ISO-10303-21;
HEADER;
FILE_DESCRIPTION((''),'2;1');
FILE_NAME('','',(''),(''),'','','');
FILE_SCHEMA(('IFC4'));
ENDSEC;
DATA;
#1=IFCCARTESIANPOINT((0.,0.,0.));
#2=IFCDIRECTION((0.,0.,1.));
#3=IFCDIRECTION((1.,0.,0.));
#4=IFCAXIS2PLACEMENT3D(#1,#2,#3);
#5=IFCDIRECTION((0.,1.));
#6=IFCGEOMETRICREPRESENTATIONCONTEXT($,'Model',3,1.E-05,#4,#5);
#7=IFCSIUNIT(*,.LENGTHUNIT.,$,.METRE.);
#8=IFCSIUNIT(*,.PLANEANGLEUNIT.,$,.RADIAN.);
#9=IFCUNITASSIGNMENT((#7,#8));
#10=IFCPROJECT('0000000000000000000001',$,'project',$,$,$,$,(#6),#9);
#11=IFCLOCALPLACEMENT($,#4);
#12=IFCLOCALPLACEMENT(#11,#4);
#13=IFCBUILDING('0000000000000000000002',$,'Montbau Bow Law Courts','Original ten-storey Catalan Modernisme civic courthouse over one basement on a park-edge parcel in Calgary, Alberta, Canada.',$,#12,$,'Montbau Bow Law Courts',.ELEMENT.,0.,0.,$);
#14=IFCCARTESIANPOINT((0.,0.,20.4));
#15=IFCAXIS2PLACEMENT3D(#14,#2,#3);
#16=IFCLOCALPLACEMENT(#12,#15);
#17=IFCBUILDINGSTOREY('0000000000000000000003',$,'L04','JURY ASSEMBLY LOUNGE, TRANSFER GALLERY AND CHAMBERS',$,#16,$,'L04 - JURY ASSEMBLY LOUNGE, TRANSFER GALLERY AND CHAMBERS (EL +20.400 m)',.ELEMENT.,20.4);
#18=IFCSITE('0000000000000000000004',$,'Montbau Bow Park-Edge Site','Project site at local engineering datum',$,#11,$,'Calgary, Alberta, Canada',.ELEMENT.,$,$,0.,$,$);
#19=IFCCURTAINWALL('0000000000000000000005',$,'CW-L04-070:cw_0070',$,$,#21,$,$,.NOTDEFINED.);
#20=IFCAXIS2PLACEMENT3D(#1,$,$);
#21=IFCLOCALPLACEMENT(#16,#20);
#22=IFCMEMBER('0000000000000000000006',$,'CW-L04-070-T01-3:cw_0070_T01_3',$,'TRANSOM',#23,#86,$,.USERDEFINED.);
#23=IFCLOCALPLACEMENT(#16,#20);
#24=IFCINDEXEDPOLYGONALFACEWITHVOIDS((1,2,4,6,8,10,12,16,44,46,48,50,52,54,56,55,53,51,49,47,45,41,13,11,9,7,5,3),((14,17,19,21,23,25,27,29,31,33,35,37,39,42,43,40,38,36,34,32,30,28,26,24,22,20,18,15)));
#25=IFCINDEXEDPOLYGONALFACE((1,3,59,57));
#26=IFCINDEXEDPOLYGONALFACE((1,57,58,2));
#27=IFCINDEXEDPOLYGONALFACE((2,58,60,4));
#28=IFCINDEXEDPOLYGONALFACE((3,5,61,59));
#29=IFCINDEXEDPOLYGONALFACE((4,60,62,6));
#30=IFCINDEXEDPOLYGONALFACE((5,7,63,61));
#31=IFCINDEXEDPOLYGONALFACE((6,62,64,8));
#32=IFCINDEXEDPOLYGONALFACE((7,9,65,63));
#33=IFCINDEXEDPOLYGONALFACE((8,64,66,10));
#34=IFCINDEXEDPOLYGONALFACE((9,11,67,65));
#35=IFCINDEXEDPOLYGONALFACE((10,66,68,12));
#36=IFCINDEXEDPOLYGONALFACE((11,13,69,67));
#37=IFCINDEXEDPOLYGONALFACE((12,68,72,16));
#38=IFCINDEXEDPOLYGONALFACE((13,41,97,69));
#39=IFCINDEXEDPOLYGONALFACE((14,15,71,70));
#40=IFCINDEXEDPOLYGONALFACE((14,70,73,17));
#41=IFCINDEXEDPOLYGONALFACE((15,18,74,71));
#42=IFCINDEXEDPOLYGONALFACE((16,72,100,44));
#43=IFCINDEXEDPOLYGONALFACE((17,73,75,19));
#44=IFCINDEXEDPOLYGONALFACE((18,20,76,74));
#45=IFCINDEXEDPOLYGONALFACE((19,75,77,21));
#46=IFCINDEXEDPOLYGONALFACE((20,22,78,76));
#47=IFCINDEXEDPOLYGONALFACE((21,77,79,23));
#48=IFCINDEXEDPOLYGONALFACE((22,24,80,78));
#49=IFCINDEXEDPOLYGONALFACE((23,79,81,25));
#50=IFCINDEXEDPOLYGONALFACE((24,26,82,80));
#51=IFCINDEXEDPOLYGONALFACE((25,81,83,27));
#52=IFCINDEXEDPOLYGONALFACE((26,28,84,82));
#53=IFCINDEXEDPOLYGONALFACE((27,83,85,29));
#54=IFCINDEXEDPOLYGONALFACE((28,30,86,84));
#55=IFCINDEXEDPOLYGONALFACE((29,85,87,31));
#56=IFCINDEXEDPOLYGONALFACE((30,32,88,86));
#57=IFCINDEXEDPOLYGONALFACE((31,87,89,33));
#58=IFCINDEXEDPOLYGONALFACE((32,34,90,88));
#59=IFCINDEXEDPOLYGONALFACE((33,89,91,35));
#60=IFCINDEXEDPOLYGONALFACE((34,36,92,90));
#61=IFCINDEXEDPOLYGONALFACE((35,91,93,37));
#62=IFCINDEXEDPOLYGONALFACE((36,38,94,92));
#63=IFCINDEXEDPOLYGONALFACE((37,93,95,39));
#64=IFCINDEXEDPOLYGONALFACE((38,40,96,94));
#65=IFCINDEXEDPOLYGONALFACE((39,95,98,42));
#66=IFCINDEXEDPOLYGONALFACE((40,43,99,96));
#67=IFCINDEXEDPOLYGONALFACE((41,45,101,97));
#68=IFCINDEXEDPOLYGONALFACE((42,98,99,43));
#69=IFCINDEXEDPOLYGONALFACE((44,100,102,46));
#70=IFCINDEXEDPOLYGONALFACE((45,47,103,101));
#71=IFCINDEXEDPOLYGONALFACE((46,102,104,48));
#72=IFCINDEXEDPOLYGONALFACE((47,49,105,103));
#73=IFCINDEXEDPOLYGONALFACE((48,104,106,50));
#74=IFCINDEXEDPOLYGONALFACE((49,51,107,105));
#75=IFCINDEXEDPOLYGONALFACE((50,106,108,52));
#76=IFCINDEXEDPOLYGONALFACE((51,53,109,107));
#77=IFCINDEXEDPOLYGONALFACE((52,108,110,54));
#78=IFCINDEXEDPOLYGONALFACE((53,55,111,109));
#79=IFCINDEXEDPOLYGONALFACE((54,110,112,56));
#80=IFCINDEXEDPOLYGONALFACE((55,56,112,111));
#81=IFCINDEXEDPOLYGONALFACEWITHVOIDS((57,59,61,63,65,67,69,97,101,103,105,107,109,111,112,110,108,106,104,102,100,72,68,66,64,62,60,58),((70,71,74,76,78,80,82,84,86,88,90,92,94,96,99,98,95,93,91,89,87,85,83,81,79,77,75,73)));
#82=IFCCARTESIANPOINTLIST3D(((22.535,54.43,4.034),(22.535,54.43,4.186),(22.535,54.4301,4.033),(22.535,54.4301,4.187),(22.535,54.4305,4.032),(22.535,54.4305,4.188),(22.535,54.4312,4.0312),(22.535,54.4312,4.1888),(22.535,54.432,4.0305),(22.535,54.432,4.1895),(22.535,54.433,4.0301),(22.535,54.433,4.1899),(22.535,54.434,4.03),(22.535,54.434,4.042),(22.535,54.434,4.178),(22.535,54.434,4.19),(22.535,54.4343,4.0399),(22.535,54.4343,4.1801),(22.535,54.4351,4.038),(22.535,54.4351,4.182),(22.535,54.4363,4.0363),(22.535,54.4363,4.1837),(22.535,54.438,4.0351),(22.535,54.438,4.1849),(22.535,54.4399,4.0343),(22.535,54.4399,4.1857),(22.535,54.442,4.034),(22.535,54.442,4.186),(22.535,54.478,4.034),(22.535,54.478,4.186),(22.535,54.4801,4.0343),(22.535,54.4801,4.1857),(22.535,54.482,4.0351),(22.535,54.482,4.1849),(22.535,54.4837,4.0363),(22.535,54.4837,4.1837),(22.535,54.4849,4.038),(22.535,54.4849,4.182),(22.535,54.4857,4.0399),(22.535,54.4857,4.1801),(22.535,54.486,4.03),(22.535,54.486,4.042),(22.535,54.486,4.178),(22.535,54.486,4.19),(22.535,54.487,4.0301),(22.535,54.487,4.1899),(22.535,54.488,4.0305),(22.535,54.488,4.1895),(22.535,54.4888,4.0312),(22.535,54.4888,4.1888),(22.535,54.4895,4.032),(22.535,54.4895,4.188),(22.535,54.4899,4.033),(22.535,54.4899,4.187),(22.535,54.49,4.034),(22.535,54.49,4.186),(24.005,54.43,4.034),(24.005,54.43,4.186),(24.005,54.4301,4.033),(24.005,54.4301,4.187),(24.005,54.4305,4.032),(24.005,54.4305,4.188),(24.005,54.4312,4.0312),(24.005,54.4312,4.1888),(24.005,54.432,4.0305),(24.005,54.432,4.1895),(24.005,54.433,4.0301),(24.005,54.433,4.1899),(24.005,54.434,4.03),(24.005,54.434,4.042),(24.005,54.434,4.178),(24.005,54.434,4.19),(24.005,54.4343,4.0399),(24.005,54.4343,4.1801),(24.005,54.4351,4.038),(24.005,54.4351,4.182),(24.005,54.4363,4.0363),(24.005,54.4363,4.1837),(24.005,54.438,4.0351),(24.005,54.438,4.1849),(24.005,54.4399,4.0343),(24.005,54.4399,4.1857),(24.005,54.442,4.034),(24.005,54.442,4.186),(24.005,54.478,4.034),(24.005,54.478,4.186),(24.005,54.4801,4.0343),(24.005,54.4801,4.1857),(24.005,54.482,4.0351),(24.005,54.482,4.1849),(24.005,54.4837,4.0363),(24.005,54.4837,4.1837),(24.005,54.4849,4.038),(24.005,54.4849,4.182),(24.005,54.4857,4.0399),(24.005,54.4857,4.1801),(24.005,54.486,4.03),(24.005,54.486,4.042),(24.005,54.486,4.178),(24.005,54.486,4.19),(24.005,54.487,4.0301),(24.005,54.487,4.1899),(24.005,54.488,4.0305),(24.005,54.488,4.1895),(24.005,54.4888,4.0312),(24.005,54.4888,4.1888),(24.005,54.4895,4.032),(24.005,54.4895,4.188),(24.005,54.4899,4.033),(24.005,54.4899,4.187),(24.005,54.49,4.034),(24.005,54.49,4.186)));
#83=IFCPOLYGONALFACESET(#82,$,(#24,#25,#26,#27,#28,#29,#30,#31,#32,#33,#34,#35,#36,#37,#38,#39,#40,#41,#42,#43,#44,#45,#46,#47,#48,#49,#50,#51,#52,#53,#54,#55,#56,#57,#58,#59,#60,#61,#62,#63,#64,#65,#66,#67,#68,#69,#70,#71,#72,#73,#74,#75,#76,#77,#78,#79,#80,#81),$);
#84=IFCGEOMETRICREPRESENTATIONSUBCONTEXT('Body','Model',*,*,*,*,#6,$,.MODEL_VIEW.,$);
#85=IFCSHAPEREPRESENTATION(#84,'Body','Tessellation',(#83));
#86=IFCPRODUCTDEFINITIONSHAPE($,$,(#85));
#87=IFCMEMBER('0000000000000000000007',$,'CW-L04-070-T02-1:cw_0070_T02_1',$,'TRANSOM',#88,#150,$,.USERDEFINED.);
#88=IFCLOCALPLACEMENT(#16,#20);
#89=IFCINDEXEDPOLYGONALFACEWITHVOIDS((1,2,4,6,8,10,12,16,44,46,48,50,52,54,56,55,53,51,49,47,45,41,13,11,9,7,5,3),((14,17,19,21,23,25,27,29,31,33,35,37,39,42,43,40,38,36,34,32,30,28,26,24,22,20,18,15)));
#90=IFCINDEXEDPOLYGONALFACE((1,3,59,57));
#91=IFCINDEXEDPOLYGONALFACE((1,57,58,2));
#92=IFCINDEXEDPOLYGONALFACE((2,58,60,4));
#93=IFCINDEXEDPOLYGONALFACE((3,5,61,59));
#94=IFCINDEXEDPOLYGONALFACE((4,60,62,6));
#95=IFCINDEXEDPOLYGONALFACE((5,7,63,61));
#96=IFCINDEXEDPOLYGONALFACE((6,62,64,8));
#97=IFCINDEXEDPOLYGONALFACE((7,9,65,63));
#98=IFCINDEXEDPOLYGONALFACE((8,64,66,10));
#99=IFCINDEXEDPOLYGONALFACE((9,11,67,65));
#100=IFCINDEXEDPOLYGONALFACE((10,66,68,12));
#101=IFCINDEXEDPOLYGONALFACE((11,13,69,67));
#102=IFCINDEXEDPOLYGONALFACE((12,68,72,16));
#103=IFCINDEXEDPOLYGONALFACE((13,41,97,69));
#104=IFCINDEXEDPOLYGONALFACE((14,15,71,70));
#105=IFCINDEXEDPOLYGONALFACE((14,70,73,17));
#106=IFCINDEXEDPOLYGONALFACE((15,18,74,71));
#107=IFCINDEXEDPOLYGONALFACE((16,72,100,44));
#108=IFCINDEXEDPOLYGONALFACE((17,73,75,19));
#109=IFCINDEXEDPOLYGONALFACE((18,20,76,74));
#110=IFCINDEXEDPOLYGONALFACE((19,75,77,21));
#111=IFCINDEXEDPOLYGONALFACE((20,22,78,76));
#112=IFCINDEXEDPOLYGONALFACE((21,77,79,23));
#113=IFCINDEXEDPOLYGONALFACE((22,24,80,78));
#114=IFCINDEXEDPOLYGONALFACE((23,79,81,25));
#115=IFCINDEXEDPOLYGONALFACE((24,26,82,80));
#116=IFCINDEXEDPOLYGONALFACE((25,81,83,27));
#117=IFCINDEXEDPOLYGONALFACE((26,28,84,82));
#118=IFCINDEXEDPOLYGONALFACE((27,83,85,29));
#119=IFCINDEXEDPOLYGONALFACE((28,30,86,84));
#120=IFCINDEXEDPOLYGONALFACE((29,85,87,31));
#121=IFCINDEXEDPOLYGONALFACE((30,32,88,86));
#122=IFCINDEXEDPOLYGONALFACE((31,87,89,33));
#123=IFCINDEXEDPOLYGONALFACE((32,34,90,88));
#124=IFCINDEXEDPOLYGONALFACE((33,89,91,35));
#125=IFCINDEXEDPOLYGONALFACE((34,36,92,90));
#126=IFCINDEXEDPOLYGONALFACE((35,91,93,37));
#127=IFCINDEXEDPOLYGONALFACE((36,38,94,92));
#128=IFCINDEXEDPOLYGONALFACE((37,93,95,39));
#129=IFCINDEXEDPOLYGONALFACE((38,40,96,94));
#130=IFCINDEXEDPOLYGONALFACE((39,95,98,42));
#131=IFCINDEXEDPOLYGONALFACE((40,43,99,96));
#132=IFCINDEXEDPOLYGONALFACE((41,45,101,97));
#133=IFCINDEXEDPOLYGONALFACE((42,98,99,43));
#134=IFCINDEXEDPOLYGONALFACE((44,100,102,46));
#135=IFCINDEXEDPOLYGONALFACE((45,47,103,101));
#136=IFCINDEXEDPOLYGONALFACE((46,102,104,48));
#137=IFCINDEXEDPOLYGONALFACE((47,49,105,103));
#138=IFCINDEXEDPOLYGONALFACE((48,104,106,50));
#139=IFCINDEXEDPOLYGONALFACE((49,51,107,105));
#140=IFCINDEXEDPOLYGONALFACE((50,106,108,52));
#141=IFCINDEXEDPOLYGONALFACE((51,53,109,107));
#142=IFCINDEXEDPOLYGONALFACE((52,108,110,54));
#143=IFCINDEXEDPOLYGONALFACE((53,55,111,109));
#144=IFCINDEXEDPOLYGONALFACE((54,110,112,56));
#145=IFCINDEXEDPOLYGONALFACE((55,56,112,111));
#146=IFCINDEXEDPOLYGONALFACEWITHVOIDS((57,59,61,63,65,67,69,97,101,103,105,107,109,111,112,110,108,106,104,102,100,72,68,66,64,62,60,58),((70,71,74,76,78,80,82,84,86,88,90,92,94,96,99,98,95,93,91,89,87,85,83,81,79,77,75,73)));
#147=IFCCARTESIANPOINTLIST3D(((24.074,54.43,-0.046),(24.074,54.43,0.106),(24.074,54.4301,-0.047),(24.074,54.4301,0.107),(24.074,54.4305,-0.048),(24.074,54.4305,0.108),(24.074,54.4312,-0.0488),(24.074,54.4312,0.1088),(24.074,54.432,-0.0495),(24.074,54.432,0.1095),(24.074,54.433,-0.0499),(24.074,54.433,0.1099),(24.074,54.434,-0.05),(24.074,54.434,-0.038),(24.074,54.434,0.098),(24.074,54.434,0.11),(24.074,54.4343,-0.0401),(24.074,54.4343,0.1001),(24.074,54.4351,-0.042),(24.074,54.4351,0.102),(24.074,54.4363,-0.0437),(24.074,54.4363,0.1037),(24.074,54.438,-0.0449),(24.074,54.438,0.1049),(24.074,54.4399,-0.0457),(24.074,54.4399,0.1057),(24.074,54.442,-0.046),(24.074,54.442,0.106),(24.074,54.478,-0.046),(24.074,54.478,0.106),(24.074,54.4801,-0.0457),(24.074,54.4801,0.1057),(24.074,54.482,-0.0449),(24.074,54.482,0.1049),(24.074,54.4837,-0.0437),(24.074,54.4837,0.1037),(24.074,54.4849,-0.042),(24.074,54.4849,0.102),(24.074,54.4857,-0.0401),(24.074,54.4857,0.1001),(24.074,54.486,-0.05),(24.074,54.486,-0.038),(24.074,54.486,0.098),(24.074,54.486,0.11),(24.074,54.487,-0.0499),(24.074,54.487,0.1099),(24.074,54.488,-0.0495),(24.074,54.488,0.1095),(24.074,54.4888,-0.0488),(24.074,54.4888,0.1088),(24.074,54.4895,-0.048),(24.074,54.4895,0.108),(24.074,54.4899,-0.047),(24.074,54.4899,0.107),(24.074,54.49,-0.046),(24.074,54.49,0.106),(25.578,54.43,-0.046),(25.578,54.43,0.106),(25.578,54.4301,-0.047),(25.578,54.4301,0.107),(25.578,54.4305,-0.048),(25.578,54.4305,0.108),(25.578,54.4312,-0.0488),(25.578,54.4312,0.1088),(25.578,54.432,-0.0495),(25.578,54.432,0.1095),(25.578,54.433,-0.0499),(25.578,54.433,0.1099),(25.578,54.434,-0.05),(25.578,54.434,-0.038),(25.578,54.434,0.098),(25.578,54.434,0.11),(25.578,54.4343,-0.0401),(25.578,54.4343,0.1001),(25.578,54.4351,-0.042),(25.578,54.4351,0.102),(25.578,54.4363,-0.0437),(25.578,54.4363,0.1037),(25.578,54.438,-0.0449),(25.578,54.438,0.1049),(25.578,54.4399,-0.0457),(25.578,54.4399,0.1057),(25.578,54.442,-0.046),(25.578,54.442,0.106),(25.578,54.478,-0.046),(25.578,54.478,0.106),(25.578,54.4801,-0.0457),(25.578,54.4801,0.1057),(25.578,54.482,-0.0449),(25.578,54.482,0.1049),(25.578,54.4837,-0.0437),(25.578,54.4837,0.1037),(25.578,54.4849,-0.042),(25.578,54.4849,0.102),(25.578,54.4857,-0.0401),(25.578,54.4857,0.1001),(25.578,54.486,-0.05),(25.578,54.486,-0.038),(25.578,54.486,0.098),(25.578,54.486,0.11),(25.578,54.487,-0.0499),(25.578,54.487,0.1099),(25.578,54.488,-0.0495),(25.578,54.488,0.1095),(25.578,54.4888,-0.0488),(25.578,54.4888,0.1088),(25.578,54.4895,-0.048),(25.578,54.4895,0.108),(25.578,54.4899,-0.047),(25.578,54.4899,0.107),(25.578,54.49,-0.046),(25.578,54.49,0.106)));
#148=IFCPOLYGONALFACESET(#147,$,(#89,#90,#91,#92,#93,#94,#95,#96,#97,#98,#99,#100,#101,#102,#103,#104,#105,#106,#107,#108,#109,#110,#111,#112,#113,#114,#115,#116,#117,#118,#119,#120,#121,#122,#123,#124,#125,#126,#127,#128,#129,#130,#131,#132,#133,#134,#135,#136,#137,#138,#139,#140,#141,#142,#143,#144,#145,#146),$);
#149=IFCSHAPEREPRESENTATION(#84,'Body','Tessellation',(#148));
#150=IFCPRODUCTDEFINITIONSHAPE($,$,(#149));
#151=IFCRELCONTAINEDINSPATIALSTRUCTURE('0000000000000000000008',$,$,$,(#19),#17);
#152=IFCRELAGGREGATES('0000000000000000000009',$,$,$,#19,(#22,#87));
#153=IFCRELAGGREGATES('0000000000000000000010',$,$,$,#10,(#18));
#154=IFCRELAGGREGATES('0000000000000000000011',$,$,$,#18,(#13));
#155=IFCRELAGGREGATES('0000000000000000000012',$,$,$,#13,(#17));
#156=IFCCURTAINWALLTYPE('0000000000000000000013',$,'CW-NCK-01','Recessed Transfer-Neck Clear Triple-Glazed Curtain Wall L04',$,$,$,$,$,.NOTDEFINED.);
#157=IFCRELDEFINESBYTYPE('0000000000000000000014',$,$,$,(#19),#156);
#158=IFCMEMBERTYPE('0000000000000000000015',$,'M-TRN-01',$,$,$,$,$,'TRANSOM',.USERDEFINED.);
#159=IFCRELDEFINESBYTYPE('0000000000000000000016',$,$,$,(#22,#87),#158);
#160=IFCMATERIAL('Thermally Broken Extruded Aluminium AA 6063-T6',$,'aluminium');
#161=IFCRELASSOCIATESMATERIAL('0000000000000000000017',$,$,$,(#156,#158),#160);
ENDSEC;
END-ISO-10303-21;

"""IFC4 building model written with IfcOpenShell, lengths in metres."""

from ifc_helpers import new_model, si_unit, direction, frame, origin_with_axes, origin_2d_with_axis, place, context, subcontext, project, spatial, hollow_rectangle, extrude, material, material_profile, profile_set, type_object, element, aggregate, save


model = new_model("IFC4")

# Units and contexts
model_context = context("Model", 3, precision=1e-05, world=origin_with_axes(), true_north=direction((0.0, 1.0)))
body_context = subcontext(model_context, "Body", "Model", "MODEL_VIEW")
ifc_project = project(units=[si_unit("LENGTHUNIT", "METRE"), si_unit("PLANEANGLEUNIT", "RADIAN")], contexts=[model_context])

# Site, building, storey
site_placement = place(None, origin_with_axes())
site = spatial("IfcSite", under=ifc_project, at=site_placement, Name="Montbau Bow Park-Edge Site", Description="Project site at local engineering datum", LongName="Calgary, Alberta, Canada", CompositionType="ELEMENT", RefElevation=0.0)
building_placement = place(site_placement, origin_with_axes())
building = spatial("IfcBuilding", under=site, at=building_placement, Name="Montbau Bow Law Courts", Description="Original ten-storey Catalan Modernisme civic courthouse over one basement on a park-edge parcel in Calgary, Alberta, Canada.", LongName="Montbau Bow Law Courts", CompositionType="ELEMENT", ElevationOfRefHeight=0.0, ElevationOfTerrain=0.0)
storey_placement = place(building_placement, frame((0.0, 0.0, 20.4), z_axis=(0.0, 0.0, 1.0), x_axis=(1.0, 0.0, 0.0)))
storey = spatial("IfcBuildingStorey", under=building, at=storey_placement, Name="L04", Description="JURY ASSEMBLY LOUNGE, TRANSFER GALLERY AND CHAMBERS", LongName="L04 - JURY ASSEMBLY LOUNGE, TRANSFER GALLERY AND CHAMBERS (EL +20.400 m)", CompositionType="ELEMENT", Elevation=20.4)

# Curtain wall, members
ifc_material_1 = material(Name="Thermally Broken Extruded Aluminium AA 6063-T6", Category="aluminium")
curtain_wall_type = type_object("IfcCurtainWallType", Name="CW-NCK-01", Description="Recessed Transfer-Neck Clear Triple-Glazed Curtain Wall L04", PredefinedType="NOTDEFINED", material=ifc_material_1)
curtain_wall_placement = place(None, frame((22.467, 54.46, 20.4), z_axis=(0.0, 0.0, 1.0), x_axis=(1.0, 0.0, 0.0)))
curtain_wall = element("IfcCurtainWall", 1, at=curtain_wall_placement, inside=storey, type_object=curtain_wall_type, Name="CW-L04-070:cw_0070", PredefinedType="NOTDEFINED")
ifc_material_profile_1 = material_profile(ifc_material_1, hollow_rectangle(XDim=0.06, YDim=0.16, WallThickness=0.004, InnerFilletRadius=0.008, OuterFilletRadius=0.004, at=origin_2d_with_axis()), Name="CWT-160X60", Category="Main", Priority=0)
ifc_profile_set_1 = profile_set([ifc_material_profile_1], Name="Thermally Broken Extruded Aluminium AA 6063-T6")
member_type_1 = type_object("IfcMemberType", Name="M-TRN-01", ElementType="TRANSOM", PredefinedType="USERDEFINED", material=ifc_profile_set_1)
member_1_placement = place(None, frame((22.535, 54.46, 24.51), z_axis=(1.0, 0.0, 0.0), x_axis=(0.0, 1.0, 0.0)))
member_1 = element("IfcMember", 2, at=member_1_placement, type_object=member_type_1, Name="CW-L04-070-T01-3:cw_0070_T01_3", ObjectType="TRANSOM", PredefinedType="USERDEFINED", context=body_context, shape_type="SweptSolid", body=[
    extrude(hollow_rectangle(XDim=0.06, YDim=0.16, WallThickness=0.004, InnerFilletRadius=0.008, OuterFilletRadius=0.004, at=origin_2d_with_axis()), origin_with_axes(), (0.0, 0.0, 1.0), 1.47),
])
member_2_placement = place(None, frame((24.074, 54.46, 20.43), z_axis=(1.0, 0.0, 0.0), x_axis=(0.0, 1.0, 0.0)))
member_2 = element("IfcMember", 3, at=member_2_placement, type_object=member_type_1, Name="CW-L04-070-T02-1:cw_0070_T02_1", ObjectType="TRANSOM", PredefinedType="USERDEFINED", context=body_context, shape_type="SweptSolid", body=[
    extrude(hollow_rectangle(XDim=0.06, YDim=0.16, WallThickness=0.004, InnerFilletRadius=0.008, OuterFilletRadius=0.004, at=origin_2d_with_axis()), origin_with_axes(), (0.0, 0.0, 1.0), 1.504),
])
aggregate(curtain_wall, [member_1, member_2])

save(model, "model.ifc")
